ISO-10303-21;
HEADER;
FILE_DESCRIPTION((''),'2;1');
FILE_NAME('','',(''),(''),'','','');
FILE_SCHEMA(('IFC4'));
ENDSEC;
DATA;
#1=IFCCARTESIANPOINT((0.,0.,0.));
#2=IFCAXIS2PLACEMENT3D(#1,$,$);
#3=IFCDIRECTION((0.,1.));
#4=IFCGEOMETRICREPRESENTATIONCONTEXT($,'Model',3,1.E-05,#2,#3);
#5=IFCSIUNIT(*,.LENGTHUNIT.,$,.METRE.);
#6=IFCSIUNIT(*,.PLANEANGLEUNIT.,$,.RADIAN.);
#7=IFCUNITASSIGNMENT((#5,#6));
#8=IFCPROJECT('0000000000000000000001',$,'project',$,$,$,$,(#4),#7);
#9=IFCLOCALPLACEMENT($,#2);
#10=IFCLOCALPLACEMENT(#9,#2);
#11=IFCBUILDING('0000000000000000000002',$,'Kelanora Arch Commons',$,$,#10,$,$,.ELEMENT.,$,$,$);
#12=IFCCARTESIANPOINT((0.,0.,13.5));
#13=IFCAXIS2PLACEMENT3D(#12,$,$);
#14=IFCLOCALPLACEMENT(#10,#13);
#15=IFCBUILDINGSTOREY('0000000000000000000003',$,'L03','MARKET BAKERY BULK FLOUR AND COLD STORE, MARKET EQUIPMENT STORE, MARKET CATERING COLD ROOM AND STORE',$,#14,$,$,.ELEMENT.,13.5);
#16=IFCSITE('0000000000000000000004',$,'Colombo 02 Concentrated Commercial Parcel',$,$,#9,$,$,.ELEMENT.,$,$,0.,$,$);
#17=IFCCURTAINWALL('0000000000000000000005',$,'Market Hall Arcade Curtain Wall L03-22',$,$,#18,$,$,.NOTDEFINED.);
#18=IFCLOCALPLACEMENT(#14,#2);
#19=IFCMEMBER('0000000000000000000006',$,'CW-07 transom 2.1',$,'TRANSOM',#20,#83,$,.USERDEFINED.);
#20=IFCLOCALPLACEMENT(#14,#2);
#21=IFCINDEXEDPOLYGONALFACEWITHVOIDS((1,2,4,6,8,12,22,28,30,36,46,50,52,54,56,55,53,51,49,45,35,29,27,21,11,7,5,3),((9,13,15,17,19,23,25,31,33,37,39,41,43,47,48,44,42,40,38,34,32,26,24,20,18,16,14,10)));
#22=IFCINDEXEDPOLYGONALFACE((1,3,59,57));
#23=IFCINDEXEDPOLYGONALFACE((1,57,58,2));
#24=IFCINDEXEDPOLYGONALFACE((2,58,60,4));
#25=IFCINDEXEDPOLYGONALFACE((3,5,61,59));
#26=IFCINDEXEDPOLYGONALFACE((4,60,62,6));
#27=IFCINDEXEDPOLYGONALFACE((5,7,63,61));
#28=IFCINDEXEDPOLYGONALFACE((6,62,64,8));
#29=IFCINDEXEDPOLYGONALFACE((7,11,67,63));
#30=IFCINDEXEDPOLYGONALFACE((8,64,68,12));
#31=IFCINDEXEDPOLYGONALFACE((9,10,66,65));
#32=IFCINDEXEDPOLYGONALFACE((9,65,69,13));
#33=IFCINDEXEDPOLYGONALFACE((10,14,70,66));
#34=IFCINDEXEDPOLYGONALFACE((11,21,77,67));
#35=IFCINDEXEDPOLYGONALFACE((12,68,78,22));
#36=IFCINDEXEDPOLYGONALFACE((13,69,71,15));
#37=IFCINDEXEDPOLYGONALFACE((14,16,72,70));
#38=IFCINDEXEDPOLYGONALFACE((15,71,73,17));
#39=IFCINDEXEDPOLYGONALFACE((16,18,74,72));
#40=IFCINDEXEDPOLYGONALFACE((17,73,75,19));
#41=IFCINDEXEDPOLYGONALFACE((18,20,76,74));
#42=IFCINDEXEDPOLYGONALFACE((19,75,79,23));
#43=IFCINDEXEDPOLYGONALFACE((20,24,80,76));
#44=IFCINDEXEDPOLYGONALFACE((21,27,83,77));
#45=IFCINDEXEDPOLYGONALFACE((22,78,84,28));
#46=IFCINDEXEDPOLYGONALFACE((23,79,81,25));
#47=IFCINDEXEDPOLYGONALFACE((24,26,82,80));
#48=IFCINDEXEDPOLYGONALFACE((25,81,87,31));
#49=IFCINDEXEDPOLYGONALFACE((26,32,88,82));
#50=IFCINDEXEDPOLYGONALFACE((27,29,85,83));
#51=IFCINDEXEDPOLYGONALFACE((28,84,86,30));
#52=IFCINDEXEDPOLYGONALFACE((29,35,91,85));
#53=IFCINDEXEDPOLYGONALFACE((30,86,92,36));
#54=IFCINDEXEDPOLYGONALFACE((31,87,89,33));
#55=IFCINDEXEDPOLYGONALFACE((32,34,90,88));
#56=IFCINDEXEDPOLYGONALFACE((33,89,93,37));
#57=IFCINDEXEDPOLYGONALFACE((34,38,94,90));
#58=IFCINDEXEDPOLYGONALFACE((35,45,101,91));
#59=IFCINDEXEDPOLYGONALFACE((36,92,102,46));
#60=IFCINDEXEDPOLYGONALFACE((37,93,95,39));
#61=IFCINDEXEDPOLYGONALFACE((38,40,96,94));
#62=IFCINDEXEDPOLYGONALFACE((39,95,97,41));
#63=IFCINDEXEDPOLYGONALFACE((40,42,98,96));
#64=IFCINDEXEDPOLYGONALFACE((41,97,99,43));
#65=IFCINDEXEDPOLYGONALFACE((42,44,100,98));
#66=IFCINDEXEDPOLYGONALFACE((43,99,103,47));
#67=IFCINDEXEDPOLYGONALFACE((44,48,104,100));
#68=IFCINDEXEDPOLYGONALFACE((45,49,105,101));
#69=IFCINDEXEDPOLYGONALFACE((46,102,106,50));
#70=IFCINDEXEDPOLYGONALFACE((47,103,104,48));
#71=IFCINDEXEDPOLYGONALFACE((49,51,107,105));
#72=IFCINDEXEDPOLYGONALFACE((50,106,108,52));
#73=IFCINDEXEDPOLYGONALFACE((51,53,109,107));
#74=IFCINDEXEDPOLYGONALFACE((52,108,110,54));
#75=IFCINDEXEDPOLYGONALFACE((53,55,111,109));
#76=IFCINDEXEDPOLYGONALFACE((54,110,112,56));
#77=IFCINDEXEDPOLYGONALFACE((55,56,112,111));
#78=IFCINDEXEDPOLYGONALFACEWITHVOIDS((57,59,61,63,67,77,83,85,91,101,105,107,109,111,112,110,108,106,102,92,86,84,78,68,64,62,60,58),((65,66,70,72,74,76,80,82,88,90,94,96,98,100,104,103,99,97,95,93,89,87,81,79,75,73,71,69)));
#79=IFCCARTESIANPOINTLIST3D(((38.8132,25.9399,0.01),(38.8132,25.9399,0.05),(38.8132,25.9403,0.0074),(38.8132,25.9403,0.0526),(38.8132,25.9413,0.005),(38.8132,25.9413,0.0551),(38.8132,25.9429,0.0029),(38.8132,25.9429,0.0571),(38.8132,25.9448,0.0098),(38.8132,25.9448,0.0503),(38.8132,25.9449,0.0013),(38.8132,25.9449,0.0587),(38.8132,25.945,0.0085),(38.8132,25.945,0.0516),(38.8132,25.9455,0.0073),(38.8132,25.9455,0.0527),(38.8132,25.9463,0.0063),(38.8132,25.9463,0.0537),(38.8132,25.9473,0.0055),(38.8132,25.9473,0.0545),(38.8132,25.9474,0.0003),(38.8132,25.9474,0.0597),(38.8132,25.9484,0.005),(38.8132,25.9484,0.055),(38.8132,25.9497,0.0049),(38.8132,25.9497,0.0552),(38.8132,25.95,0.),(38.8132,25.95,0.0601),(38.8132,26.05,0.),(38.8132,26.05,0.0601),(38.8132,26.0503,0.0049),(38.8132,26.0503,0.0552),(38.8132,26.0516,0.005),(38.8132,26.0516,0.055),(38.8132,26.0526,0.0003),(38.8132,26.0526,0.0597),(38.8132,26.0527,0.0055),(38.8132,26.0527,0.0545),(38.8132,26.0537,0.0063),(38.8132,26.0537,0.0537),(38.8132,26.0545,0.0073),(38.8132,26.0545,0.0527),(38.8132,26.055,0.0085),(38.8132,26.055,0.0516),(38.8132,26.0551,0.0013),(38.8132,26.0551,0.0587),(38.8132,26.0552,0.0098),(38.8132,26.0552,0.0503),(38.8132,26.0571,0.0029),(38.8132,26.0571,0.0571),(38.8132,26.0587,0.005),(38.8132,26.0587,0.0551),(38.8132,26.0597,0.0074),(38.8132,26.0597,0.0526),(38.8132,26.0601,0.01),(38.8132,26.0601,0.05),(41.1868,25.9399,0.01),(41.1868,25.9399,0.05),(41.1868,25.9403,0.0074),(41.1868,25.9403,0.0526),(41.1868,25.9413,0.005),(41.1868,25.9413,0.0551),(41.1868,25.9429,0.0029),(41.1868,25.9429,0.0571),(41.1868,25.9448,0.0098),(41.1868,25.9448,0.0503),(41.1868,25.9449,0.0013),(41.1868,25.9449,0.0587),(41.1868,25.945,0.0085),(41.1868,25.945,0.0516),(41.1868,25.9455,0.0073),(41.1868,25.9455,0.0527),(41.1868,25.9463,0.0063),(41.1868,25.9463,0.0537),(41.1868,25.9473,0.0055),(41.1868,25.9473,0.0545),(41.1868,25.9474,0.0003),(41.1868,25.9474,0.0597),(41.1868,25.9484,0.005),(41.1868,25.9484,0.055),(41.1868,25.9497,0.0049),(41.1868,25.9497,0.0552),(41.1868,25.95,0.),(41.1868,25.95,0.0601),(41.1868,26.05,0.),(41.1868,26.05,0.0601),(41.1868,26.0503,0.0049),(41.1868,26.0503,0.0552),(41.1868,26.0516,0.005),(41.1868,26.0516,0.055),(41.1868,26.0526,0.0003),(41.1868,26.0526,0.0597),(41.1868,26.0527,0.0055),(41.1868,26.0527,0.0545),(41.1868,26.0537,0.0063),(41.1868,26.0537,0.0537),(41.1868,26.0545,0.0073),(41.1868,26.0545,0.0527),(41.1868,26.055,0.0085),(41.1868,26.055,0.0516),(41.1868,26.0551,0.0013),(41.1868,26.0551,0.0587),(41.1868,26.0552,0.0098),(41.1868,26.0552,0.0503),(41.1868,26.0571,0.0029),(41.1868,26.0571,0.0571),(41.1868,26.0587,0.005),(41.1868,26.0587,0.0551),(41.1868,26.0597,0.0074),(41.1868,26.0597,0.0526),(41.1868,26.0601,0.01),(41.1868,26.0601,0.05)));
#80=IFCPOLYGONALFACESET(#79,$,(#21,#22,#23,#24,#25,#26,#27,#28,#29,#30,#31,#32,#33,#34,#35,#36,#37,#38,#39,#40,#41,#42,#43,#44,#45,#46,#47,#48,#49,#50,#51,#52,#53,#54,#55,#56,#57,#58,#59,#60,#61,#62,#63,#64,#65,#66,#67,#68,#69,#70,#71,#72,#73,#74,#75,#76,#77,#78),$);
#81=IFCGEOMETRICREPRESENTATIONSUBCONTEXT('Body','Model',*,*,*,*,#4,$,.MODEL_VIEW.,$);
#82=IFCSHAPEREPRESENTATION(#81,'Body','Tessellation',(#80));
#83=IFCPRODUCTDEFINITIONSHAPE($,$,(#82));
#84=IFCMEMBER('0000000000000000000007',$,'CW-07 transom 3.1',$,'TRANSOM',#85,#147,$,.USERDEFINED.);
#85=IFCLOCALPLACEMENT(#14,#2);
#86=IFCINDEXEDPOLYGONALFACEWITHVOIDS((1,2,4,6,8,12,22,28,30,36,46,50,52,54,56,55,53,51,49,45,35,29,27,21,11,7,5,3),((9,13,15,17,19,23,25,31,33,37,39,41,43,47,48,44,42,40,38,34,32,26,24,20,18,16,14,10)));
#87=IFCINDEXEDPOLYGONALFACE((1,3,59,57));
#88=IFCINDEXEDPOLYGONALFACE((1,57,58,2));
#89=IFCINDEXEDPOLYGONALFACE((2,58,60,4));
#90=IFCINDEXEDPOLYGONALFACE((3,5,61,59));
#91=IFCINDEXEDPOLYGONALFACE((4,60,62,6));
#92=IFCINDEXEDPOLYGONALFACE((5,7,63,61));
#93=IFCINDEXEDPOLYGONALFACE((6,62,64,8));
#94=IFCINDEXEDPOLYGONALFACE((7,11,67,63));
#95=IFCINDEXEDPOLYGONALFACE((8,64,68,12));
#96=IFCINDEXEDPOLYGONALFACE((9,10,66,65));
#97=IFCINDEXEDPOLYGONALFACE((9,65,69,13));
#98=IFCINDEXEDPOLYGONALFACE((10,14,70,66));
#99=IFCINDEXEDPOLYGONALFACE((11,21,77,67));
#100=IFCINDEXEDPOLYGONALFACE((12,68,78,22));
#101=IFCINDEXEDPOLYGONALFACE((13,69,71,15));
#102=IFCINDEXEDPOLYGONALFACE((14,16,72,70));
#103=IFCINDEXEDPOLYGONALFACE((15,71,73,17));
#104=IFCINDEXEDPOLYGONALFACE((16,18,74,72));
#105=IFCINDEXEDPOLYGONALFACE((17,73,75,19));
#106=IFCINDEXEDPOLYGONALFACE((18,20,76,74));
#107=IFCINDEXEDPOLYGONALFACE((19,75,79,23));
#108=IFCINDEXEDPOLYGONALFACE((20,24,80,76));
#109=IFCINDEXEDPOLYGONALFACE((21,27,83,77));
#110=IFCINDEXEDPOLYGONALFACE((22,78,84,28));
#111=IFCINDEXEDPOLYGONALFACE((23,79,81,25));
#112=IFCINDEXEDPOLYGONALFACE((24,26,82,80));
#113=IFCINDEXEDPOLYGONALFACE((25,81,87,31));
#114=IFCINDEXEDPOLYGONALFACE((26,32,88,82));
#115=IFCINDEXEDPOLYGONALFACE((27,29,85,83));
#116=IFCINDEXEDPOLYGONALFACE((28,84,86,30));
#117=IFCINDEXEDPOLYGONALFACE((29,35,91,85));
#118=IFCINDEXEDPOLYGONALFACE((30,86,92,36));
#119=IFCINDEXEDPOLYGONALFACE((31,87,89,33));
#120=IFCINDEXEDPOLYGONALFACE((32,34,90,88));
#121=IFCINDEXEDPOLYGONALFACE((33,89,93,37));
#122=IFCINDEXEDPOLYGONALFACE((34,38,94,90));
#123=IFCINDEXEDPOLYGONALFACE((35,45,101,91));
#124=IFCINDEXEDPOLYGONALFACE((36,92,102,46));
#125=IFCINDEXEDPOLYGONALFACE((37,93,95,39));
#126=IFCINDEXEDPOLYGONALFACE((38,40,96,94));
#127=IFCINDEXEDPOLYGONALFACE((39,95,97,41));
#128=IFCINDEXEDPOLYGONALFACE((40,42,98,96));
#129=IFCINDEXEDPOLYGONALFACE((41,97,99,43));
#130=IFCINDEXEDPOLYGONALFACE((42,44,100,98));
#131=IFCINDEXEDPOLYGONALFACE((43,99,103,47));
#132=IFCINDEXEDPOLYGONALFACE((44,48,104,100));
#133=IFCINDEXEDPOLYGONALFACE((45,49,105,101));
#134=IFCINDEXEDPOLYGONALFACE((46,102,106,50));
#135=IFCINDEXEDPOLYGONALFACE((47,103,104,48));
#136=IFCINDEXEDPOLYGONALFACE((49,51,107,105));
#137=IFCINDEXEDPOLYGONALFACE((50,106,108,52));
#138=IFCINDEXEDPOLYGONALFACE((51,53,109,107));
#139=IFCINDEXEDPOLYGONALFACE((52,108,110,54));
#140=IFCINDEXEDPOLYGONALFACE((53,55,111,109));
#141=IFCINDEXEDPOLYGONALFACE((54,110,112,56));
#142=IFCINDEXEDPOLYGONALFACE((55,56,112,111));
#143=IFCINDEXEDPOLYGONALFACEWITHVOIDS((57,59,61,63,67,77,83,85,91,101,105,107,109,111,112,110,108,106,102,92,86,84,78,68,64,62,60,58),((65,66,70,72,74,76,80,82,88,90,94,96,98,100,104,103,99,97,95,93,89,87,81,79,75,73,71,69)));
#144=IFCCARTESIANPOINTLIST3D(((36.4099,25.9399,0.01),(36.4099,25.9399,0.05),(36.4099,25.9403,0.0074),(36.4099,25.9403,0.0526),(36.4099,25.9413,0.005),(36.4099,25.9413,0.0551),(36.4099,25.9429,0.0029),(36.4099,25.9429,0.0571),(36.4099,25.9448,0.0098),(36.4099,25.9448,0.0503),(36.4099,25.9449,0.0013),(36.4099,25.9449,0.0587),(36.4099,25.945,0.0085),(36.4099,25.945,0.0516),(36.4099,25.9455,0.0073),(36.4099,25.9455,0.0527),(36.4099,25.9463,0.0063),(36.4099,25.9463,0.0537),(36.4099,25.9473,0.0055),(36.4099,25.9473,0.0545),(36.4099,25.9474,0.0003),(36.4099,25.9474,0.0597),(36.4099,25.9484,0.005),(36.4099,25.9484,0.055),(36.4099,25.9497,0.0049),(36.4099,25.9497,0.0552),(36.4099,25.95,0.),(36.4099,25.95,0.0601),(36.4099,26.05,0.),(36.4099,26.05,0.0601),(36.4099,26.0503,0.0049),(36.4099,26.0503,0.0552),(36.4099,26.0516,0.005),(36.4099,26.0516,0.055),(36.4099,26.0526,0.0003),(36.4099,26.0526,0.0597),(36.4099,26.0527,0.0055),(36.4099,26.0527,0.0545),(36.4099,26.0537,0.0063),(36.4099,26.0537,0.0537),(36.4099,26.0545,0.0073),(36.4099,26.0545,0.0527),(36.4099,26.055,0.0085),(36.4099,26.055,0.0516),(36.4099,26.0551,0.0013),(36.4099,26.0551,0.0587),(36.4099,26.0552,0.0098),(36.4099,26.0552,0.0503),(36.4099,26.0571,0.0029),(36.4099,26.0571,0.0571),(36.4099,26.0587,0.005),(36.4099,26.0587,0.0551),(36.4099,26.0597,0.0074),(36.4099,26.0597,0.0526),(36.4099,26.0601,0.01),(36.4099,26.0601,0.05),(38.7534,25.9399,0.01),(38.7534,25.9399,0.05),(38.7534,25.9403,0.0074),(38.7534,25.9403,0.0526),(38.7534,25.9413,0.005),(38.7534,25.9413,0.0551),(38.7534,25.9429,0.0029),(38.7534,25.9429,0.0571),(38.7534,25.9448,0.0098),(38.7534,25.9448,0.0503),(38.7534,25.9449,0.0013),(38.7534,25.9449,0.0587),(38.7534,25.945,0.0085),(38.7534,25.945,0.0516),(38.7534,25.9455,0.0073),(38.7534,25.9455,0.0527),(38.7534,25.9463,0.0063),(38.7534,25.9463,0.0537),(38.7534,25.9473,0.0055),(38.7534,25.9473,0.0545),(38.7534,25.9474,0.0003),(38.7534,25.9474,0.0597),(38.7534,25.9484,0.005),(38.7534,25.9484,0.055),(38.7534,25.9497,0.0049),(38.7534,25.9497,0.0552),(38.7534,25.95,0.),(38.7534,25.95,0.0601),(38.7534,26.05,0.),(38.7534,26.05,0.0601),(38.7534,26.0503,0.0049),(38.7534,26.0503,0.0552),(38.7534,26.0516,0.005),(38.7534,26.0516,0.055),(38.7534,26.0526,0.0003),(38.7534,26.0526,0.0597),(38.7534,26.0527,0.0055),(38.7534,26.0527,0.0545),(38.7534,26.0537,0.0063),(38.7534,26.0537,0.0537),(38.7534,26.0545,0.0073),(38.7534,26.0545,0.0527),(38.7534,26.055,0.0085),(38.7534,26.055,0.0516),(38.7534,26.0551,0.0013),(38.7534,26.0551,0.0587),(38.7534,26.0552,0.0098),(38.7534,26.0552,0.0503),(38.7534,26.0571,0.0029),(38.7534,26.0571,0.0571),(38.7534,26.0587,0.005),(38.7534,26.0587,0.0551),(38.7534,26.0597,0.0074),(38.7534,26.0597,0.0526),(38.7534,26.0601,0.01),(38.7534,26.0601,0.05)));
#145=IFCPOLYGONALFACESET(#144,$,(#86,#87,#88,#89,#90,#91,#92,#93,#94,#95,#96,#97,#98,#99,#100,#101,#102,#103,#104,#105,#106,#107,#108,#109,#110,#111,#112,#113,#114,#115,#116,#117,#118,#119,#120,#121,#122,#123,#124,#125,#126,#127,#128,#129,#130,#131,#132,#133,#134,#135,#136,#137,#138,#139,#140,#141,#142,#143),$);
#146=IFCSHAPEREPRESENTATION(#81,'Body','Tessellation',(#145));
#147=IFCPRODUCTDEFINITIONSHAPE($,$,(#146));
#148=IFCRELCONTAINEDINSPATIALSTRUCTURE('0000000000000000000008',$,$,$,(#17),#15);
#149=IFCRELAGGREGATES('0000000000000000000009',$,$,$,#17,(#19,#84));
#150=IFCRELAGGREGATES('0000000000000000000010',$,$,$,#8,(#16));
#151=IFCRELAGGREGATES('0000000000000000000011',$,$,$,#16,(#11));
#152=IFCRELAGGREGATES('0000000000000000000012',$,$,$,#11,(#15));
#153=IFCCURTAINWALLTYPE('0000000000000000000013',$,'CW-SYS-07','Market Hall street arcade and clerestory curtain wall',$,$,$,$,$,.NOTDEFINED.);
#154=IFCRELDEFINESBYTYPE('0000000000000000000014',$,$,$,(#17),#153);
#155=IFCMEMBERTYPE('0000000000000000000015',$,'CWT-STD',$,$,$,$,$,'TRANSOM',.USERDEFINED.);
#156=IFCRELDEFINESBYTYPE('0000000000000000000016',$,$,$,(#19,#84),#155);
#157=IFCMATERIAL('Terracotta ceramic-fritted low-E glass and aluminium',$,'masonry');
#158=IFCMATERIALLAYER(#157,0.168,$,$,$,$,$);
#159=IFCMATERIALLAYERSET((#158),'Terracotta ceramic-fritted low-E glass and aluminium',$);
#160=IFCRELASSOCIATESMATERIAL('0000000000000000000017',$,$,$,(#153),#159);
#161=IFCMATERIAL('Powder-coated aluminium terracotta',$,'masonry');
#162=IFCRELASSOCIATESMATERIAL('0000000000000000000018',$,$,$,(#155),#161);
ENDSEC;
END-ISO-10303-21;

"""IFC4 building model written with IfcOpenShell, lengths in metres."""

from ifc_helpers import new_model, si_unit, direction, frame, origin, origin_2d, place, context, subcontext, project, spatial, hollow_rectangle, extrude, material, layer, layer_set, material_profile, profile_set, type_object, element, aggregate, save


model = new_model("IFC4")

# Units and contexts
model_context = context("Model", 3, precision=1e-05, world=origin(), true_north=direction((0.0, 1.0)))
body_context = subcontext(model_context, "Body", "Model", "MODEL_VIEW")
ifc_project = project(units=[si_unit("LENGTHUNIT", "METRE"), si_unit("PLANEANGLEUNIT", "RADIAN")], contexts=[model_context])

# Site, building, storey
site_placement = place(None, origin())
site = spatial("IfcSite", under=ifc_project, at=site_placement, Name="Colombo 02 Concentrated Commercial Parcel", CompositionType="ELEMENT", RefElevation=0.0)
building_placement = place(site_placement, origin())
building = spatial("IfcBuilding", under=site, at=building_placement, Name="Kelanora Arch Commons", CompositionType="ELEMENT")
storey_placement = place(building_placement, frame((0.0, 0.0, 13.5)))
storey = spatial("IfcBuildingStorey", under=building, at=storey_placement, Name="L03", Description="MARKET BAKERY BULK FLOUR AND COLD STORE, MARKET EQUIPMENT STORE, MARKET CATERING COLD ROOM AND STORE", CompositionType="ELEMENT", Elevation=13.5)

# Curtain wall, members
ifc_material_1 = material(Name="Terracotta ceramic-fritted low-E glass and aluminium", Category="masonry")
ifc_layer_1 = layer(ifc_material_1, 0.168)
ifc_layer_set_1 = layer_set([ifc_layer_1], Name="Terracotta ceramic-fritted low-E glass and aluminium")
curtain_wall_type = type_object("IfcCurtainWallType", Name="CW-SYS-07", Description="Market Hall street arcade and clerestory curtain wall", PredefinedType="NOTDEFINED", material=ifc_layer_set_1)
curtain_wall_placement = place(storey_placement, origin())
curtain_wall = element("IfcCurtainWall", 1, at=curtain_wall_placement, inside=storey, type_object=curtain_wall_type, Name="Market Hall Arcade Curtain Wall L03-22", PredefinedType="NOTDEFINED")
ifc_material_2 = material(Name="Powder-coated aluminium terracotta", Category="masonry")
ifc_material_profile_1 = material_profile(ifc_material_2, hollow_rectangle(XDim=0.1201, YDim=0.0601, WallThickness=0.0049, InnerFilletRadius=0.0049, OuterFilletRadius=0.01, at=origin_2d()), Name="CWT120x60")
ifc_profile_set_1 = profile_set([ifc_material_profile_1], Name="Powder-coated aluminium terracotta")
member_type_1 = type_object("IfcMemberType", Name="CWT-STD", ElementType="TRANSOM", PredefinedType="USERDEFINED", material=ifc_profile_set_1)
member_1_placement = place(storey_placement, frame((41.1868, 26.0, 0.03), z_axis=(-1.0, 0.0, 0.0), x_axis=(0.0, -1.0, 0.0)))
member_1 = element("IfcMember", 2, at=member_1_placement, type_object=member_type_1, Name="CW-07 transom 2.1", ObjectType="TRANSOM", PredefinedType="USERDEFINED", context=body_context, shape_type="SweptSolid", body=[
    extrude(hollow_rectangle(XDim=0.1201, YDim=0.0601, WallThickness=0.0049, InnerFilletRadius=0.0049, OuterFilletRadius=0.01, at=origin_2d()), origin(), (0.0, 0.0, 1.0), 2.3735),
])
member_2_placement = place(storey_placement, frame((38.7534, 26.0, 0.03), z_axis=(-1.0, 0.0, 0.0), x_axis=(0.0, -1.0, 0.0)))
member_2 = element("IfcMember", 3, at=member_2_placement, type_object=member_type_1, Name="CW-07 transom 3.1", ObjectType="TRANSOM", PredefinedType="USERDEFINED", context=body_context, shape_type="SweptSolid", body=[
    extrude(hollow_rectangle(XDim=0.1201, YDim=0.0601, WallThickness=0.0049, InnerFilletRadius=0.0049, OuterFilletRadius=0.01, at=origin_2d()), origin(), (0.0, 0.0, 1.0), 2.3435),
])
aggregate(curtain_wall, [member_1, member_2])

save(model, "model.ifc")
